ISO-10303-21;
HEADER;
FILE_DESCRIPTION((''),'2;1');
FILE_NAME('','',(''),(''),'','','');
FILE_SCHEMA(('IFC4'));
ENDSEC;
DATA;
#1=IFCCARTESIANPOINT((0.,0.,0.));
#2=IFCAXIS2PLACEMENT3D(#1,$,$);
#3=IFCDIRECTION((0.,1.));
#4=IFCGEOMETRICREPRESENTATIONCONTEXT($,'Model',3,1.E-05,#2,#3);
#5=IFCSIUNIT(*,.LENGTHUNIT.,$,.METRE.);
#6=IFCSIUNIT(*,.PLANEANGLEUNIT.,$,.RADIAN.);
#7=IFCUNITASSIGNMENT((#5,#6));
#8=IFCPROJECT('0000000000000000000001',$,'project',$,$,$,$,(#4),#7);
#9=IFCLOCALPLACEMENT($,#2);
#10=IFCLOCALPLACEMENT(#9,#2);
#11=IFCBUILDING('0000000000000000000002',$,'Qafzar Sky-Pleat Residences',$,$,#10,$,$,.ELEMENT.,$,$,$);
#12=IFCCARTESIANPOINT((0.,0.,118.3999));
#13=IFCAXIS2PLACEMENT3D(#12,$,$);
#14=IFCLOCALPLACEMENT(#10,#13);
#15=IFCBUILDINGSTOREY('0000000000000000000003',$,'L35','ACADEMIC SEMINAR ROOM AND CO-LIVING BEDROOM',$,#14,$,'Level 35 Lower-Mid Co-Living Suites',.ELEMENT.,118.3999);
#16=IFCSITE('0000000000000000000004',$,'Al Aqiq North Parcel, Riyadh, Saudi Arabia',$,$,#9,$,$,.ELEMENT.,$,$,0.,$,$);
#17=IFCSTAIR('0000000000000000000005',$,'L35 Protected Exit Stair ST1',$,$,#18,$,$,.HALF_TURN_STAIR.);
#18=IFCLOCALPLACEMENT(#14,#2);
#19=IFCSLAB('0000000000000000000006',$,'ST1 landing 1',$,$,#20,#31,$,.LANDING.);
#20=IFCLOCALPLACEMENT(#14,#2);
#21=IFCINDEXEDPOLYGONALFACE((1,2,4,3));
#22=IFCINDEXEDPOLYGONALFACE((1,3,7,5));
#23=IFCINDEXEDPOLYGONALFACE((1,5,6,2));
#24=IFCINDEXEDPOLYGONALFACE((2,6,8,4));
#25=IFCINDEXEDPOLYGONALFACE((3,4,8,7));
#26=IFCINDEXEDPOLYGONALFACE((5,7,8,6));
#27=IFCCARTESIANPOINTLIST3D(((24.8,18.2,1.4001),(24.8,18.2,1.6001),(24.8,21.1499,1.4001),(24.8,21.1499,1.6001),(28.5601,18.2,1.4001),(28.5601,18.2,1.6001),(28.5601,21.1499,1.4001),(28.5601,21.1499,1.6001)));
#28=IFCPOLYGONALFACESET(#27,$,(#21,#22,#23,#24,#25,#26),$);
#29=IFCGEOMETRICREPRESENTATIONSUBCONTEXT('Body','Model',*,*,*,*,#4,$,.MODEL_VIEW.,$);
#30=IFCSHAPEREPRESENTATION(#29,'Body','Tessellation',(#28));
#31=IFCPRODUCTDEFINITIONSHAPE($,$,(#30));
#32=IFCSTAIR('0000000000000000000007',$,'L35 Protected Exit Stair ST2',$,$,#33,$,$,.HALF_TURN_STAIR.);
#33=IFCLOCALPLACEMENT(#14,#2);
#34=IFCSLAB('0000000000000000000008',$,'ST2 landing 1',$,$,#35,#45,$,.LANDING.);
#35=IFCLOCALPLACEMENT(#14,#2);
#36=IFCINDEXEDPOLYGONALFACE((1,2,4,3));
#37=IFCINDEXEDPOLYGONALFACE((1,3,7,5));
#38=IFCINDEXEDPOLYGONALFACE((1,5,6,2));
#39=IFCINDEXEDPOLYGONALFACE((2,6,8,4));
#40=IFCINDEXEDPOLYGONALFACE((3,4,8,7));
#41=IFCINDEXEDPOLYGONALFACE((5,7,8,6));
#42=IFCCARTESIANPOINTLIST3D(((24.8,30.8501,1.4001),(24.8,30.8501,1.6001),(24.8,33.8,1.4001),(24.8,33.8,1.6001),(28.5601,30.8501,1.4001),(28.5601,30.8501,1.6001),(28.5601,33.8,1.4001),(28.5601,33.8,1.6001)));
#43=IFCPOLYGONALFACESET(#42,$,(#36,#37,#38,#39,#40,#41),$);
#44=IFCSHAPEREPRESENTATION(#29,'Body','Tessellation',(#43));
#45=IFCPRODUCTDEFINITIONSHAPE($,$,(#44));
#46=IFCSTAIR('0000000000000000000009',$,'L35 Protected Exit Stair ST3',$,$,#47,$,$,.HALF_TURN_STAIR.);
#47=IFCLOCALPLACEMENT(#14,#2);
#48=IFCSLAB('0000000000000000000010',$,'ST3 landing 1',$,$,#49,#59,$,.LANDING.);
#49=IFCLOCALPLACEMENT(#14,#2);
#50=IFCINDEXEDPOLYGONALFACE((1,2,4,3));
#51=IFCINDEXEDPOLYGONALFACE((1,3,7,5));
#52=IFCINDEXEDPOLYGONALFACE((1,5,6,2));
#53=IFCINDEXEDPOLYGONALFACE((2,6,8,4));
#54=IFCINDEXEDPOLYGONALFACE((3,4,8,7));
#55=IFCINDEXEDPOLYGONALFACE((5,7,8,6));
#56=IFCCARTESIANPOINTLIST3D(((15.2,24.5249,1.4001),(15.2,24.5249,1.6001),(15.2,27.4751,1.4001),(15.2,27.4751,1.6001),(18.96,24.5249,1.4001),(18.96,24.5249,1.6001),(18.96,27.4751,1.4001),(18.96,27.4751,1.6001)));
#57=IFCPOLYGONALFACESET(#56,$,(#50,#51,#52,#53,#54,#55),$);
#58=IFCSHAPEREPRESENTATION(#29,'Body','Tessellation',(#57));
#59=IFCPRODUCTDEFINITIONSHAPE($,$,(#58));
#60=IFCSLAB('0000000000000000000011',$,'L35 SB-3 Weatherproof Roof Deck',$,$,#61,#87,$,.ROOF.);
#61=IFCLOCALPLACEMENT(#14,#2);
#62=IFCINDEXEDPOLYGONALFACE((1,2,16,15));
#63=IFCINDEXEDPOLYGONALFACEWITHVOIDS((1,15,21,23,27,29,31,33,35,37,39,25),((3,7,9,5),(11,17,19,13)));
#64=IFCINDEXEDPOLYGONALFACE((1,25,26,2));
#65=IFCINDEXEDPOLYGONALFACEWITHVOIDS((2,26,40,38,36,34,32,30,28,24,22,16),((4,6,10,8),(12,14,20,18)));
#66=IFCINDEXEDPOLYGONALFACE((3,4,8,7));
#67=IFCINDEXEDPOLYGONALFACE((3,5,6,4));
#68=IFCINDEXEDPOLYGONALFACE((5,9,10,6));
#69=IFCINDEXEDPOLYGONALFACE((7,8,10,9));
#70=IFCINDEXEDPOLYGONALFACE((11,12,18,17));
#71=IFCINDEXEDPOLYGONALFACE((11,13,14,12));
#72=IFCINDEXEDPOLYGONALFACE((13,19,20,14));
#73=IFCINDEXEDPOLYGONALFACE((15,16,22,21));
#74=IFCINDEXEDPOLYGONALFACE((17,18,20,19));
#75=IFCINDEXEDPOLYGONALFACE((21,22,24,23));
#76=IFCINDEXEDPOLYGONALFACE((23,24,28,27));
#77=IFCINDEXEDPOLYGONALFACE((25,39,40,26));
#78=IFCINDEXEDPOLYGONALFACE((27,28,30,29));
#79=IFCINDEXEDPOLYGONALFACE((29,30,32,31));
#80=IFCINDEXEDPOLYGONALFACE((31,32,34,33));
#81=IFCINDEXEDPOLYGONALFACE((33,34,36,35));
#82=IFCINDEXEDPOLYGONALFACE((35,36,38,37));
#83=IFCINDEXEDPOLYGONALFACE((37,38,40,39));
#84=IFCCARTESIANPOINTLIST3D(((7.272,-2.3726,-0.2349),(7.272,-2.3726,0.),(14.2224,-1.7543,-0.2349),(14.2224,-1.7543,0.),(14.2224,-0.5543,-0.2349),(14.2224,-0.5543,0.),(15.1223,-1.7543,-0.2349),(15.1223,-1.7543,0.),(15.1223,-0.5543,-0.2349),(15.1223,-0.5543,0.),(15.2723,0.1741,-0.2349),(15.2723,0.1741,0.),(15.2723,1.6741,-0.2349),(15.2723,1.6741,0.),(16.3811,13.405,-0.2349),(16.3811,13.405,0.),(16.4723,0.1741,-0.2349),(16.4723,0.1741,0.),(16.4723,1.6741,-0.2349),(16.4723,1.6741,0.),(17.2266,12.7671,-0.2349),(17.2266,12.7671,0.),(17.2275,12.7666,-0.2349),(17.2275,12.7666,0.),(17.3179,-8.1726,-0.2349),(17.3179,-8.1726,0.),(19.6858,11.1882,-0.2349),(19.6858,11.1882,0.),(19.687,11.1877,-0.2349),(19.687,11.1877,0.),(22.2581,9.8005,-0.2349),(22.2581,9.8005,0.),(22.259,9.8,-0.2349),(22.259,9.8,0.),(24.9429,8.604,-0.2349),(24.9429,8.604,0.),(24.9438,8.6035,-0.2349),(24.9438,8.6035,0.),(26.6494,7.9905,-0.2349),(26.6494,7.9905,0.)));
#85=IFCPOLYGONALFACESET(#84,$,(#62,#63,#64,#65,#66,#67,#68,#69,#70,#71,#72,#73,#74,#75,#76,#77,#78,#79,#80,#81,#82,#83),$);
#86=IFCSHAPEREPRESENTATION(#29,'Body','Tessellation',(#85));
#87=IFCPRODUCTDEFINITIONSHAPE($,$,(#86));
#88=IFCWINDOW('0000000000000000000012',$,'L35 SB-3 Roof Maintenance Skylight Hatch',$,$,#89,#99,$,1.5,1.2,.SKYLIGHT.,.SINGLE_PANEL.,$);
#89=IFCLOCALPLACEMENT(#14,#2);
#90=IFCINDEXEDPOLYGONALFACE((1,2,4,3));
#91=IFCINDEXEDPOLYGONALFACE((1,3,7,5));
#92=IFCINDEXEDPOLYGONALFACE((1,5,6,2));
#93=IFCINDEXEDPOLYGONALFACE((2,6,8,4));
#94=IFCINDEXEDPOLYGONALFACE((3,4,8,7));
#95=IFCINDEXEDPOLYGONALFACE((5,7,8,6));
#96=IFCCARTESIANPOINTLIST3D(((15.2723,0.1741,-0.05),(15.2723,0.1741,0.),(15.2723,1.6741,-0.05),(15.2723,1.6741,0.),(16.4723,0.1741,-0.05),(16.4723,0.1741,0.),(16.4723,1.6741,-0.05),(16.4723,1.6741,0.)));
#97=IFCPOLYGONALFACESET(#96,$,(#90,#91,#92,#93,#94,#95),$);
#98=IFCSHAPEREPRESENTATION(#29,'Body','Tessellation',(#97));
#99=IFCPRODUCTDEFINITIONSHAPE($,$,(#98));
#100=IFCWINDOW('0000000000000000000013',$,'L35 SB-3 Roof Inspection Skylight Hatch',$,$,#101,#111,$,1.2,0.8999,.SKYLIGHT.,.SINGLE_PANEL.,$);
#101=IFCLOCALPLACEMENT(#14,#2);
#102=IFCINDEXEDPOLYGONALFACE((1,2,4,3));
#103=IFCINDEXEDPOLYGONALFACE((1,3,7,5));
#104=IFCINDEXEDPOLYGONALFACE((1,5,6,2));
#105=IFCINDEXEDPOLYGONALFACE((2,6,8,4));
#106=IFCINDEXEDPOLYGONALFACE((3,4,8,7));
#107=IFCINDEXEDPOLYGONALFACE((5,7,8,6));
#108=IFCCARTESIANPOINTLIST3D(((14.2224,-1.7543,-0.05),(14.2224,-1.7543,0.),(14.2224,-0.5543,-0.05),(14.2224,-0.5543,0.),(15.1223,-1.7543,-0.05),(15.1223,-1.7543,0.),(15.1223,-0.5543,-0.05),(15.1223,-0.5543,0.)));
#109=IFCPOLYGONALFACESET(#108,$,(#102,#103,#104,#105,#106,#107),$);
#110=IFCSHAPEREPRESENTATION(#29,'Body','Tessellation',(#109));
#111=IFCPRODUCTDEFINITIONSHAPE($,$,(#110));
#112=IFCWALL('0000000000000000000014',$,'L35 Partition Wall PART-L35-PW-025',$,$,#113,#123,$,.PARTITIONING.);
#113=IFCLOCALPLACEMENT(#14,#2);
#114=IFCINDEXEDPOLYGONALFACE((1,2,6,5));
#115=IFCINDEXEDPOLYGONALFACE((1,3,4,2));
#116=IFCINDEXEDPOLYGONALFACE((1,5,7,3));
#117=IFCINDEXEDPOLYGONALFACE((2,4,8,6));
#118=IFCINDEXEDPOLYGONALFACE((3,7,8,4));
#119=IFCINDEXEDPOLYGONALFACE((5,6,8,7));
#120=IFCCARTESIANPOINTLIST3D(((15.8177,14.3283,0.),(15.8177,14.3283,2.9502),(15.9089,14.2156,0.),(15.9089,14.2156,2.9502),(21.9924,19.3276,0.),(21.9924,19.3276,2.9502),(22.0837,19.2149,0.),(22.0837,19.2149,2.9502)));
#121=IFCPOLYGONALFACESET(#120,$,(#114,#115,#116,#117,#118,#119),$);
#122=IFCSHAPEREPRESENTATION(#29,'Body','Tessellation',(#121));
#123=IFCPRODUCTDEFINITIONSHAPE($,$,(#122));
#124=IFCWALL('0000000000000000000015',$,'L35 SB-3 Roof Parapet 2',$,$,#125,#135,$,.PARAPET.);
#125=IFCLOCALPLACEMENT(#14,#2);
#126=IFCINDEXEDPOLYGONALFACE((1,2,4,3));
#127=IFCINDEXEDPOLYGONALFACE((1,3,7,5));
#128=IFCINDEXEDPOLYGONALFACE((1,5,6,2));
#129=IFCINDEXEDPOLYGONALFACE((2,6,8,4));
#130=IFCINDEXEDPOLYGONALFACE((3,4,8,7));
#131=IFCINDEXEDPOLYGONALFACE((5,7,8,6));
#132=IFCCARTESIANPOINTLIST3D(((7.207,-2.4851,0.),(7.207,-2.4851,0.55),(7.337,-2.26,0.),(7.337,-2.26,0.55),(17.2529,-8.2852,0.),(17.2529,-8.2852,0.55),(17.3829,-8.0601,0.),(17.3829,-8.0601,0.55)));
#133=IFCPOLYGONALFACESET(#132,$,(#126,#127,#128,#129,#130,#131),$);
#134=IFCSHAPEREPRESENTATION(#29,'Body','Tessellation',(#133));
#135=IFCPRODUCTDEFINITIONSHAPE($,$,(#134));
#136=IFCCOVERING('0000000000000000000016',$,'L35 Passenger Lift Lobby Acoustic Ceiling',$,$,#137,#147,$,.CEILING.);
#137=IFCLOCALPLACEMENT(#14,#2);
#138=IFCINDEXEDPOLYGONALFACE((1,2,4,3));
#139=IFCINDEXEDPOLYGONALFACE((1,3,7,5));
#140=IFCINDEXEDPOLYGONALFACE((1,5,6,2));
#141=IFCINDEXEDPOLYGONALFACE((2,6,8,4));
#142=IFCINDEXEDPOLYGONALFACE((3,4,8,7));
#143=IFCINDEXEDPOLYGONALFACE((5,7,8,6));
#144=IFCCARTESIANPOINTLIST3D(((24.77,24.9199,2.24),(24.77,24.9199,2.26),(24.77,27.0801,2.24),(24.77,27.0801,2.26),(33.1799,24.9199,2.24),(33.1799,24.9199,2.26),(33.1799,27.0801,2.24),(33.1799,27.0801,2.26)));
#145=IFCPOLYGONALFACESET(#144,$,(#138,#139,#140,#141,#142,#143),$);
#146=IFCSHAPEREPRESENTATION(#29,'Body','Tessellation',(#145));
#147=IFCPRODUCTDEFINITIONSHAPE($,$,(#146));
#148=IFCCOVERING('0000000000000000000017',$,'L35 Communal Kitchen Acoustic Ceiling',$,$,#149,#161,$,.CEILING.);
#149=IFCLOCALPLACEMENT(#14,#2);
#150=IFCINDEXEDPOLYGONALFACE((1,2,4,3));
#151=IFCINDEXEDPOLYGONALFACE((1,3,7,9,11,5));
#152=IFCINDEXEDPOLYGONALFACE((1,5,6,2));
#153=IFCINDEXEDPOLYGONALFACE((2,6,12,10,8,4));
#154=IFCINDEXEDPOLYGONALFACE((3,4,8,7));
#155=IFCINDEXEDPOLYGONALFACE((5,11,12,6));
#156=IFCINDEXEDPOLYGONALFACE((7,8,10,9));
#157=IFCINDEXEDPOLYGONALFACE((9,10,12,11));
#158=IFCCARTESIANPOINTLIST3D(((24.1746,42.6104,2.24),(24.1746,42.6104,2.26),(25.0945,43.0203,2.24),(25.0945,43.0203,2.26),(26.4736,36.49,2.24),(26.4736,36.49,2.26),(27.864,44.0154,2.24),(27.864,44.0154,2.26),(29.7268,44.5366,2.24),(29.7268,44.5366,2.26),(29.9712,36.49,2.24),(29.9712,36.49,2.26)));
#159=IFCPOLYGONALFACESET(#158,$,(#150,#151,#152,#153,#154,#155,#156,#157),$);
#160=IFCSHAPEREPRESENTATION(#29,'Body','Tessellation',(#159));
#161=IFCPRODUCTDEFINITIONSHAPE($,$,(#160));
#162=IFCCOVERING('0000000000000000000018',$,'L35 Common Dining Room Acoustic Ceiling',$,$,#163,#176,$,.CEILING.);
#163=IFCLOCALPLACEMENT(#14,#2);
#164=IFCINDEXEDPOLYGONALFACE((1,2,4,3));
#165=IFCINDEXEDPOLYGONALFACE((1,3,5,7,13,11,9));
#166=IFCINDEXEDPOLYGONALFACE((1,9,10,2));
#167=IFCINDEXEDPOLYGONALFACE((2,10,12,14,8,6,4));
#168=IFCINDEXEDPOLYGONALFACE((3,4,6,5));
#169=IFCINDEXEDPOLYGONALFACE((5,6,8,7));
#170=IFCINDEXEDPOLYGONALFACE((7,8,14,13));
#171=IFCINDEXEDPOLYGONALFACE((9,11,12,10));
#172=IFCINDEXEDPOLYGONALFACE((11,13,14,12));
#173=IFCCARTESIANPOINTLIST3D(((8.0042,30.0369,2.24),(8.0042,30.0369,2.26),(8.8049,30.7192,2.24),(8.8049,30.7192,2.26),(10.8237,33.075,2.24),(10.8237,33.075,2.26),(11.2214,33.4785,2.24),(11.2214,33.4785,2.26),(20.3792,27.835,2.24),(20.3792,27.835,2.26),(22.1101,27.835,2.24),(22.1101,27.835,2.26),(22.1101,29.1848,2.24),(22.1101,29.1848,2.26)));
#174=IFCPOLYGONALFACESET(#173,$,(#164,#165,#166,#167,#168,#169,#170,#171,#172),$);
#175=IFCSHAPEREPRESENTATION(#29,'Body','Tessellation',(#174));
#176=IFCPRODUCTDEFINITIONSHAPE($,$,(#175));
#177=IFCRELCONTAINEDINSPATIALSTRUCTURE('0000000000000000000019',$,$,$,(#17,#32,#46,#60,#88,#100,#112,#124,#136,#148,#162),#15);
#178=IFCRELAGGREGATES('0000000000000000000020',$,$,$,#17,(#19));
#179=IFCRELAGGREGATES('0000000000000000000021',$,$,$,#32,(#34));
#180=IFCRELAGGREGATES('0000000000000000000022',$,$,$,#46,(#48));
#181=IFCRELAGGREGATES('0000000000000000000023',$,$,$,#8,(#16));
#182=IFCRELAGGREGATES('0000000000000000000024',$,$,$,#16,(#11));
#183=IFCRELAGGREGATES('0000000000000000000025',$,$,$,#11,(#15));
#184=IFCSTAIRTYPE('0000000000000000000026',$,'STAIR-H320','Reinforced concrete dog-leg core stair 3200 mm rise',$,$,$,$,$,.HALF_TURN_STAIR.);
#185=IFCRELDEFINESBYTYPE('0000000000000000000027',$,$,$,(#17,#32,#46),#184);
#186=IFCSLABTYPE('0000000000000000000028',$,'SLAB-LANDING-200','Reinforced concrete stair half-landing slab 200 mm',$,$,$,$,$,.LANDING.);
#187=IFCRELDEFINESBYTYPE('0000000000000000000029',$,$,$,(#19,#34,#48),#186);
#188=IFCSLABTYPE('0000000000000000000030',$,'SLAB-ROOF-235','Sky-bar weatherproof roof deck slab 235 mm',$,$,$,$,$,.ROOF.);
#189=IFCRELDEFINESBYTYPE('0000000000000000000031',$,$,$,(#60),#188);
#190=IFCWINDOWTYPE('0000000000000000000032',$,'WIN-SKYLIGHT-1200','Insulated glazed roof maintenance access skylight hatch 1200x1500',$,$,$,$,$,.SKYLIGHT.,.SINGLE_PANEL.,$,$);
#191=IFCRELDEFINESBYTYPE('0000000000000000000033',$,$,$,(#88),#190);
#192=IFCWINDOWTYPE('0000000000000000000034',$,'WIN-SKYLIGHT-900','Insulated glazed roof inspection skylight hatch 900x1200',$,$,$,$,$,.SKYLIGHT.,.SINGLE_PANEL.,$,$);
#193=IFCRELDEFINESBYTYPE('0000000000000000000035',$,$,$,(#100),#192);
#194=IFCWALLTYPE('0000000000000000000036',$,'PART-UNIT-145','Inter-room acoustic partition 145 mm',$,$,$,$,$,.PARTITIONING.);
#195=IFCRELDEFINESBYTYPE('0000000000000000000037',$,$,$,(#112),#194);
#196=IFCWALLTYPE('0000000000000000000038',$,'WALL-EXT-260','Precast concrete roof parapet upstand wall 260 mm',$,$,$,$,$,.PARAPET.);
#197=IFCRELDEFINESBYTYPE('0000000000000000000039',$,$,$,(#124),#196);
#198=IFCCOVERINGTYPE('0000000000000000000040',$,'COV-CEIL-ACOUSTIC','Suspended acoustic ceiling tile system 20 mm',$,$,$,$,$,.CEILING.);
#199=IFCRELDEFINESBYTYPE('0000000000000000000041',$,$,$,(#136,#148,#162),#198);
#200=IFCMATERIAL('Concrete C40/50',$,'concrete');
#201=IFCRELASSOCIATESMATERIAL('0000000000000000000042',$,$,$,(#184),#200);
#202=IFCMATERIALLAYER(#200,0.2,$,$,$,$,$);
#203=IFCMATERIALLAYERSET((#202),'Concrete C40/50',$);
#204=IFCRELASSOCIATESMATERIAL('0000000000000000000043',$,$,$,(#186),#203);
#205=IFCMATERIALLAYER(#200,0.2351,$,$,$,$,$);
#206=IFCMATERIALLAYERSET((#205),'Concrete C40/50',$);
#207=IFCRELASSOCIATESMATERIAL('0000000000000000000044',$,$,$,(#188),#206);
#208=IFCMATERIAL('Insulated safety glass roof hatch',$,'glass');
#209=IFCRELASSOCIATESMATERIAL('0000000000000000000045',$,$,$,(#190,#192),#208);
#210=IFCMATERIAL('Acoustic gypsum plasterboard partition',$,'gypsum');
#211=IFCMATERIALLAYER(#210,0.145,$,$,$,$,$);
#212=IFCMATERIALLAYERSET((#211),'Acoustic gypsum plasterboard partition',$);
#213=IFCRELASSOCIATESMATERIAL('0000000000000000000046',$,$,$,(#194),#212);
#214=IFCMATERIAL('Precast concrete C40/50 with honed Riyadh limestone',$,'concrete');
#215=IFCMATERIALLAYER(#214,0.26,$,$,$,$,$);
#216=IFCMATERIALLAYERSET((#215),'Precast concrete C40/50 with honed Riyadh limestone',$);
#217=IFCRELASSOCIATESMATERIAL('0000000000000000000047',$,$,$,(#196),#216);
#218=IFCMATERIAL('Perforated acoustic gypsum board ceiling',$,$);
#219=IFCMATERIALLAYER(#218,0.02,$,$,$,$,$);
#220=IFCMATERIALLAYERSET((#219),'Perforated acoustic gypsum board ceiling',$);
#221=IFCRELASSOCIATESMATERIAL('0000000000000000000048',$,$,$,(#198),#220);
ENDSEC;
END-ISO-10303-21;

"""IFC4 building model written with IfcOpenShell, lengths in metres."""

from ifc_helpers import new_model, si_unit, direction, frame, frame_2d, origin, origin_2d, place, context, subcontext, project, spatial, polyline, rectangle, outline, extrude, material, layer, layer_set, type_object, element, fill, aggregate, save


model = new_model("IFC4")

# Units and contexts
model_context = context("Model", 3, precision=1e-05, world=origin(), true_north=direction((0.0, 1.0)))
body_context = subcontext(model_context, "Body", "Model", "MODEL_VIEW")
ifc_project = project(units=[si_unit("LENGTHUNIT", "METRE"), si_unit("PLANEANGLEUNIT", "RADIAN")], contexts=[model_context])

# Site, building, storey
site_placement = place(None, origin())
site = spatial("IfcSite", under=ifc_project, at=site_placement, Name="Al Aqiq North Parcel, Riyadh, Saudi Arabia", CompositionType="ELEMENT", RefElevation=0.0)
building_placement = place(site_placement, origin())
building = spatial("IfcBuilding", under=site, at=building_placement, Name="Qafzar Sky-Pleat Residences", CompositionType="ELEMENT")
storey_placement = place(building_placement, frame((0.0, 0.0, 118.3999)))
storey = spatial("IfcBuildingStorey", under=building, at=storey_placement, Name="L35", Description="ACADEMIC SEMINAR ROOM AND CO-LIVING BEDROOM", LongName="Level 35 Lower-Mid Co-Living Suites", CompositionType="ELEMENT", Elevation=118.3999)

# Shared definitions
ifc_material_1 = material(Name="Concrete C40/50", Category="concrete")

# Stairs, slabs
stair_type = type_object("IfcStairType", Name="STAIR-H320", Description="Reinforced concrete dog-leg core stair 3200 mm rise", PredefinedType="HALF_TURN_STAIR", material=ifc_material_1)
stair_1_placement = place(storey_placement, origin())
stair_1 = element("IfcStair", 1, at=stair_1_placement, inside=storey, type_object=stair_type, Name="L35 Protected Exit Stair ST1", PredefinedType="HALF_TURN_STAIR")
ifc_layer_1 = layer(ifc_material_1, 0.2)
ifc_layer_set_1 = layer_set([ifc_layer_1], Name="Concrete C40/50")
slab_type_1 = type_object("IfcSlabType", Name="SLAB-LANDING-200", Description="Reinforced concrete stair half-landing slab 200 mm", PredefinedType="LANDING", material=ifc_layer_set_1)
slab_1_placement = place(storey_placement, frame((0.0, 0.0, 1.4001)))
slab_1 = element("IfcSlab", 2, at=slab_1_placement, type_object=slab_type_1, Name="ST1 landing 1", PredefinedType="LANDING", context=body_context, shape_type="SweptSolid", body=[
    extrude(outline(polyline([(28.5601, 21.1499), (24.8, 21.1499), (24.8, 18.2), (28.5601, 18.2), (28.5601, 21.1499)])), origin(), (0.0, 0.0, 1.0), 0.2),
])
aggregate(stair_1, [slab_1])
stair_2_placement = place(storey_placement, origin())
stair_2 = element("IfcStair", 3, at=stair_2_placement, inside=storey, type_object=stair_type, Name="L35 Protected Exit Stair ST2", PredefinedType="HALF_TURN_STAIR")
slab_2_placement = place(storey_placement, frame((0.0, 0.0, 1.4001)))
slab_2 = element("IfcSlab", 4, at=slab_2_placement, type_object=slab_type_1, Name="ST2 landing 1", PredefinedType="LANDING", context=body_context, shape_type="SweptSolid", body=[
    extrude(outline(polyline([(28.5601, 33.8), (24.8, 33.8), (24.8, 30.8501), (28.5601, 30.8501), (28.5601, 33.8)])), origin(), (0.0, 0.0, 1.0), 0.2),
])
aggregate(stair_2, [slab_2])
stair_3_placement = place(storey_placement, origin())
stair_3 = element("IfcStair", 5, at=stair_3_placement, inside=storey, type_object=stair_type, Name="L35 Protected Exit Stair ST3", PredefinedType="HALF_TURN_STAIR")
slab_3_placement = place(storey_placement, frame((0.0, 0.0, 1.4001)))
slab_3 = element("IfcSlab", 6, at=slab_3_placement, type_object=slab_type_1, Name="ST3 landing 1", PredefinedType="LANDING", context=body_context, shape_type="SweptSolid", body=[
    extrude(outline(polyline([(18.96, 27.4751), (15.2, 27.4751), (15.2, 24.5249), (18.96, 24.5249), (18.96, 27.4751)])), origin(), (0.0, 0.0, 1.0), 0.2),
])
aggregate(stair_3, [slab_3])

# Slab, openings, windows
ifc_layer_2 = layer(ifc_material_1, 0.2351)
ifc_layer_set_2 = layer_set([ifc_layer_2], Name="Concrete C40/50")
slab_type_2 = type_object("IfcSlabType", Name="SLAB-ROOF-235", Description="Sky-bar weatherproof roof deck slab 235 mm", PredefinedType="ROOF", material=ifc_layer_set_2)
slab_4_placement = place(storey_placement, frame((0.0, 0.0, -0.2349)))
slab_4 = element("IfcSlab", 7, at=slab_4_placement, inside=storey, type_object=slab_type_2, Name="L35 SB-3 Weatherproof Roof Deck", PredefinedType="ROOF", context=body_context, shape_type="SweptSolid", body=[
    extrude(outline(polyline([(17.3179, -8.1726), (7.272, -2.3726), (16.3811, 13.405), (17.2266, 12.7671), (17.2275, 12.7666), (19.6858, 11.1882), (19.687, 11.1877), (22.2581, 9.8005), (22.259, 9.8), (24.9429, 8.604), (24.9438, 8.6035), (26.6494, 7.9905), (17.3179, -8.1726)])), origin(), (0.0, 0.0, 1.0), 0.2349),
])
opening_1_placement = place(slab_4_placement, frame((15.8723, 0.9241, -0.01)))
opening_1 = element("IfcOpeningElement", 8, at=opening_1_placement, cuts=slab_4, PredefinedType="OPENING", context=body_context, shape_type="SweptSolid", body=[
    extrude(rectangle(XDim=1.2, YDim=1.5, at=origin_2d()), origin(), (0.0, 0.0, 1.0), 0.2549),
])
opening_2_placement = place(slab_4_placement, frame((14.6724, -1.1543, -0.01)))
opening_2 = element("IfcOpeningElement", 9, at=opening_2_placement, cuts=slab_4, PredefinedType="OPENING", context=body_context, shape_type="SweptSolid", body=[
    extrude(rectangle(XDim=0.8999, YDim=1.2, at=origin_2d()), origin(), (0.0, 0.0, 1.0), 0.2549),
])
ifc_material_2 = material(Name="Insulated safety glass roof hatch", Category="glass")
window_type_1 = type_object("IfcWindowType", Name="WIN-SKYLIGHT-1200", Description="Insulated glazed roof maintenance access skylight hatch 1200x1500", PartitioningType="SINGLE_PANEL", PredefinedType="SKYLIGHT", material=ifc_material_2)
window_1_placement = place(slab_4_placement, frame((15.8723, 0.9241, 0.1848)))
window_1 = element("IfcWindow", 10, at=window_1_placement, inside=storey, type_object=window_type_1, Name="L35 SB-3 Roof Maintenance Skylight Hatch", OverallHeight=1.5, OverallWidth=1.2, PartitioningType="SINGLE_PANEL", PredefinedType="SKYLIGHT", context=body_context, shape_type="SweptSolid", body=[
    extrude(rectangle(XDim=1.2, YDim=1.5, at=origin_2d()), origin(), (0.0, 0.0, 1.0), 0.05),
])
fill(opening_1, window_1)
window_type_2 = type_object("IfcWindowType", Name="WIN-SKYLIGHT-900", Description="Insulated glazed roof inspection skylight hatch 900x1200", PartitioningType="SINGLE_PANEL", PredefinedType="SKYLIGHT", material=ifc_material_2)
window_2_placement = place(slab_4_placement, frame((14.6724, -1.1543, 0.1848)))
window_2 = element("IfcWindow", 11, at=window_2_placement, inside=storey, type_object=window_type_2, Name="L35 SB-3 Roof Inspection Skylight Hatch", OverallHeight=1.2, OverallWidth=0.8999, PartitioningType="SINGLE_PANEL", PredefinedType="SKYLIGHT", context=body_context, shape_type="SweptSolid", body=[
    extrude(rectangle(XDim=0.8999, YDim=1.2, at=origin_2d()), origin(), (0.0, 0.0, 1.0), 0.05),
])
fill(opening_2, window_2)

# Walls
ifc_material_3 = material(Name="Acoustic gypsum plasterboard partition", Category="gypsum")
ifc_layer_3 = layer(ifc_material_3, 0.145)
ifc_layer_set_3 = layer_set([ifc_layer_3], Name="Acoustic gypsum plasterboard partition")
wall_type_1 = type_object("IfcWallType", Name="PART-UNIT-145", Description="Inter-room acoustic partition 145 mm", PredefinedType="PARTITIONING", material=ifc_layer_set_3)
wall_1_placement = place(storey_placement, frame((15.8633, 14.272, 0.0), z_axis=(0.0, 0.0, 1.0), x_axis=(0.777207, 0.629245, 0.0)))
element("IfcWall", 12, at=wall_1_placement, inside=storey, type_object=wall_type_1, Name="L35 Partition Wall PART-L35-PW-025", PredefinedType="PARTITIONING", context=body_context, shape_type="SweptSolid", body=[
    extrude(rectangle(XDim=7.9448, YDim=0.145, at=frame_2d((3.9724, 0.0))), origin(), (0.0, 0.0, 1.0), 2.9502),
])
ifc_material_4 = material(Name="Precast concrete C40/50 with honed Riyadh limestone", Category="concrete")
ifc_layer_4 = layer(ifc_material_4, 0.26)
ifc_layer_set_4 = layer_set([ifc_layer_4], Name="Precast concrete C40/50 with honed Riyadh limestone")
wall_type_2 = type_object("IfcWallType", Name="WALL-EXT-260", Description="Precast concrete roof parapet upstand wall 260 mm", PredefinedType="PARAPET", material=ifc_layer_set_4)
wall_2_placement = place(storey_placement, frame((7.272, -2.3726, 0.0), z_axis=(0.0, 0.0, 1.0), x_axis=(0.866024, -0.500003, 0.0)))
element("IfcWall", 13, at=wall_2_placement, inside=storey, type_object=wall_type_2, Name="L35 SB-3 Roof Parapet 2", PredefinedType="PARAPET", context=body_context, shape_type="SweptSolid", body=[
    extrude(rectangle(XDim=11.6001, YDim=0.26, at=frame_2d((5.8, 0.0))), origin(), (0.0, 0.0, 1.0), 0.55),
])

# Coverings
ifc_material_5 = material(Name="Perforated acoustic gypsum board ceiling")
ifc_layer_5 = layer(ifc_material_5, 0.02)
ifc_layer_set_5 = layer_set([ifc_layer_5], Name="Perforated acoustic gypsum board ceiling")
covering_type_1 = type_object("IfcCoveringType", Name="COV-CEIL-ACOUSTIC", Description="Suspended acoustic ceiling tile system 20 mm", PredefinedType="CEILING", material=ifc_layer_set_5)
covering_1_placement = place(storey_placement, frame((0.0, 0.0, 2.24)))
element("IfcCovering", 14, at=covering_1_placement, inside=storey, type_object=covering_type_1, Name="L35 Passenger Lift Lobby Acoustic Ceiling", PredefinedType="CEILING", context=body_context, shape_type="SweptSolid", body=[
    extrude(outline(polyline([(33.1799, 24.9199), (24.77, 24.9199), (24.77, 27.0801), (33.1799, 27.0801), (33.1799, 24.9199)])), origin(), (0.0, 0.0, 1.0), 0.02),
])
covering_2_placement = place(storey_placement, frame((0.0, 0.0, 2.24)))
element("IfcCovering", 15, at=covering_2_placement, inside=storey, type_object=covering_type_1, Name="L35 Communal Kitchen Acoustic Ceiling", PredefinedType="CEILING", context=body_context, shape_type="SweptSolid", body=[
    extrude(outline(polyline([(27.864, 44.0154), (29.7268, 44.5366), (29.9712, 36.49), (26.4736, 36.49), (24.1746, 42.6104), (25.0945, 43.0203), (27.864, 44.0154)])), origin(), (0.0, 0.0, 1.0), 0.02),
])
covering_3_placement = place(storey_placement, frame((0.0, 0.0, 2.24)))
element("IfcCovering", 16, at=covering_3_placement, inside=storey, type_object=covering_type_1, Name="L35 Common Dining Room Acoustic Ceiling", PredefinedType="CEILING", context=body_context, shape_type="SweptSolid", body=[
    extrude(outline(polyline([(22.1101, 27.835), (20.3792, 27.835), (8.0042, 30.0369), (8.8049, 30.7192), (10.8237, 33.075), (11.2214, 33.4785), (22.1101, 29.1848), (22.1101, 27.835)])), origin(), (0.0, 0.0, 1.0), 0.02),
])

save(model, "model.ifc")
